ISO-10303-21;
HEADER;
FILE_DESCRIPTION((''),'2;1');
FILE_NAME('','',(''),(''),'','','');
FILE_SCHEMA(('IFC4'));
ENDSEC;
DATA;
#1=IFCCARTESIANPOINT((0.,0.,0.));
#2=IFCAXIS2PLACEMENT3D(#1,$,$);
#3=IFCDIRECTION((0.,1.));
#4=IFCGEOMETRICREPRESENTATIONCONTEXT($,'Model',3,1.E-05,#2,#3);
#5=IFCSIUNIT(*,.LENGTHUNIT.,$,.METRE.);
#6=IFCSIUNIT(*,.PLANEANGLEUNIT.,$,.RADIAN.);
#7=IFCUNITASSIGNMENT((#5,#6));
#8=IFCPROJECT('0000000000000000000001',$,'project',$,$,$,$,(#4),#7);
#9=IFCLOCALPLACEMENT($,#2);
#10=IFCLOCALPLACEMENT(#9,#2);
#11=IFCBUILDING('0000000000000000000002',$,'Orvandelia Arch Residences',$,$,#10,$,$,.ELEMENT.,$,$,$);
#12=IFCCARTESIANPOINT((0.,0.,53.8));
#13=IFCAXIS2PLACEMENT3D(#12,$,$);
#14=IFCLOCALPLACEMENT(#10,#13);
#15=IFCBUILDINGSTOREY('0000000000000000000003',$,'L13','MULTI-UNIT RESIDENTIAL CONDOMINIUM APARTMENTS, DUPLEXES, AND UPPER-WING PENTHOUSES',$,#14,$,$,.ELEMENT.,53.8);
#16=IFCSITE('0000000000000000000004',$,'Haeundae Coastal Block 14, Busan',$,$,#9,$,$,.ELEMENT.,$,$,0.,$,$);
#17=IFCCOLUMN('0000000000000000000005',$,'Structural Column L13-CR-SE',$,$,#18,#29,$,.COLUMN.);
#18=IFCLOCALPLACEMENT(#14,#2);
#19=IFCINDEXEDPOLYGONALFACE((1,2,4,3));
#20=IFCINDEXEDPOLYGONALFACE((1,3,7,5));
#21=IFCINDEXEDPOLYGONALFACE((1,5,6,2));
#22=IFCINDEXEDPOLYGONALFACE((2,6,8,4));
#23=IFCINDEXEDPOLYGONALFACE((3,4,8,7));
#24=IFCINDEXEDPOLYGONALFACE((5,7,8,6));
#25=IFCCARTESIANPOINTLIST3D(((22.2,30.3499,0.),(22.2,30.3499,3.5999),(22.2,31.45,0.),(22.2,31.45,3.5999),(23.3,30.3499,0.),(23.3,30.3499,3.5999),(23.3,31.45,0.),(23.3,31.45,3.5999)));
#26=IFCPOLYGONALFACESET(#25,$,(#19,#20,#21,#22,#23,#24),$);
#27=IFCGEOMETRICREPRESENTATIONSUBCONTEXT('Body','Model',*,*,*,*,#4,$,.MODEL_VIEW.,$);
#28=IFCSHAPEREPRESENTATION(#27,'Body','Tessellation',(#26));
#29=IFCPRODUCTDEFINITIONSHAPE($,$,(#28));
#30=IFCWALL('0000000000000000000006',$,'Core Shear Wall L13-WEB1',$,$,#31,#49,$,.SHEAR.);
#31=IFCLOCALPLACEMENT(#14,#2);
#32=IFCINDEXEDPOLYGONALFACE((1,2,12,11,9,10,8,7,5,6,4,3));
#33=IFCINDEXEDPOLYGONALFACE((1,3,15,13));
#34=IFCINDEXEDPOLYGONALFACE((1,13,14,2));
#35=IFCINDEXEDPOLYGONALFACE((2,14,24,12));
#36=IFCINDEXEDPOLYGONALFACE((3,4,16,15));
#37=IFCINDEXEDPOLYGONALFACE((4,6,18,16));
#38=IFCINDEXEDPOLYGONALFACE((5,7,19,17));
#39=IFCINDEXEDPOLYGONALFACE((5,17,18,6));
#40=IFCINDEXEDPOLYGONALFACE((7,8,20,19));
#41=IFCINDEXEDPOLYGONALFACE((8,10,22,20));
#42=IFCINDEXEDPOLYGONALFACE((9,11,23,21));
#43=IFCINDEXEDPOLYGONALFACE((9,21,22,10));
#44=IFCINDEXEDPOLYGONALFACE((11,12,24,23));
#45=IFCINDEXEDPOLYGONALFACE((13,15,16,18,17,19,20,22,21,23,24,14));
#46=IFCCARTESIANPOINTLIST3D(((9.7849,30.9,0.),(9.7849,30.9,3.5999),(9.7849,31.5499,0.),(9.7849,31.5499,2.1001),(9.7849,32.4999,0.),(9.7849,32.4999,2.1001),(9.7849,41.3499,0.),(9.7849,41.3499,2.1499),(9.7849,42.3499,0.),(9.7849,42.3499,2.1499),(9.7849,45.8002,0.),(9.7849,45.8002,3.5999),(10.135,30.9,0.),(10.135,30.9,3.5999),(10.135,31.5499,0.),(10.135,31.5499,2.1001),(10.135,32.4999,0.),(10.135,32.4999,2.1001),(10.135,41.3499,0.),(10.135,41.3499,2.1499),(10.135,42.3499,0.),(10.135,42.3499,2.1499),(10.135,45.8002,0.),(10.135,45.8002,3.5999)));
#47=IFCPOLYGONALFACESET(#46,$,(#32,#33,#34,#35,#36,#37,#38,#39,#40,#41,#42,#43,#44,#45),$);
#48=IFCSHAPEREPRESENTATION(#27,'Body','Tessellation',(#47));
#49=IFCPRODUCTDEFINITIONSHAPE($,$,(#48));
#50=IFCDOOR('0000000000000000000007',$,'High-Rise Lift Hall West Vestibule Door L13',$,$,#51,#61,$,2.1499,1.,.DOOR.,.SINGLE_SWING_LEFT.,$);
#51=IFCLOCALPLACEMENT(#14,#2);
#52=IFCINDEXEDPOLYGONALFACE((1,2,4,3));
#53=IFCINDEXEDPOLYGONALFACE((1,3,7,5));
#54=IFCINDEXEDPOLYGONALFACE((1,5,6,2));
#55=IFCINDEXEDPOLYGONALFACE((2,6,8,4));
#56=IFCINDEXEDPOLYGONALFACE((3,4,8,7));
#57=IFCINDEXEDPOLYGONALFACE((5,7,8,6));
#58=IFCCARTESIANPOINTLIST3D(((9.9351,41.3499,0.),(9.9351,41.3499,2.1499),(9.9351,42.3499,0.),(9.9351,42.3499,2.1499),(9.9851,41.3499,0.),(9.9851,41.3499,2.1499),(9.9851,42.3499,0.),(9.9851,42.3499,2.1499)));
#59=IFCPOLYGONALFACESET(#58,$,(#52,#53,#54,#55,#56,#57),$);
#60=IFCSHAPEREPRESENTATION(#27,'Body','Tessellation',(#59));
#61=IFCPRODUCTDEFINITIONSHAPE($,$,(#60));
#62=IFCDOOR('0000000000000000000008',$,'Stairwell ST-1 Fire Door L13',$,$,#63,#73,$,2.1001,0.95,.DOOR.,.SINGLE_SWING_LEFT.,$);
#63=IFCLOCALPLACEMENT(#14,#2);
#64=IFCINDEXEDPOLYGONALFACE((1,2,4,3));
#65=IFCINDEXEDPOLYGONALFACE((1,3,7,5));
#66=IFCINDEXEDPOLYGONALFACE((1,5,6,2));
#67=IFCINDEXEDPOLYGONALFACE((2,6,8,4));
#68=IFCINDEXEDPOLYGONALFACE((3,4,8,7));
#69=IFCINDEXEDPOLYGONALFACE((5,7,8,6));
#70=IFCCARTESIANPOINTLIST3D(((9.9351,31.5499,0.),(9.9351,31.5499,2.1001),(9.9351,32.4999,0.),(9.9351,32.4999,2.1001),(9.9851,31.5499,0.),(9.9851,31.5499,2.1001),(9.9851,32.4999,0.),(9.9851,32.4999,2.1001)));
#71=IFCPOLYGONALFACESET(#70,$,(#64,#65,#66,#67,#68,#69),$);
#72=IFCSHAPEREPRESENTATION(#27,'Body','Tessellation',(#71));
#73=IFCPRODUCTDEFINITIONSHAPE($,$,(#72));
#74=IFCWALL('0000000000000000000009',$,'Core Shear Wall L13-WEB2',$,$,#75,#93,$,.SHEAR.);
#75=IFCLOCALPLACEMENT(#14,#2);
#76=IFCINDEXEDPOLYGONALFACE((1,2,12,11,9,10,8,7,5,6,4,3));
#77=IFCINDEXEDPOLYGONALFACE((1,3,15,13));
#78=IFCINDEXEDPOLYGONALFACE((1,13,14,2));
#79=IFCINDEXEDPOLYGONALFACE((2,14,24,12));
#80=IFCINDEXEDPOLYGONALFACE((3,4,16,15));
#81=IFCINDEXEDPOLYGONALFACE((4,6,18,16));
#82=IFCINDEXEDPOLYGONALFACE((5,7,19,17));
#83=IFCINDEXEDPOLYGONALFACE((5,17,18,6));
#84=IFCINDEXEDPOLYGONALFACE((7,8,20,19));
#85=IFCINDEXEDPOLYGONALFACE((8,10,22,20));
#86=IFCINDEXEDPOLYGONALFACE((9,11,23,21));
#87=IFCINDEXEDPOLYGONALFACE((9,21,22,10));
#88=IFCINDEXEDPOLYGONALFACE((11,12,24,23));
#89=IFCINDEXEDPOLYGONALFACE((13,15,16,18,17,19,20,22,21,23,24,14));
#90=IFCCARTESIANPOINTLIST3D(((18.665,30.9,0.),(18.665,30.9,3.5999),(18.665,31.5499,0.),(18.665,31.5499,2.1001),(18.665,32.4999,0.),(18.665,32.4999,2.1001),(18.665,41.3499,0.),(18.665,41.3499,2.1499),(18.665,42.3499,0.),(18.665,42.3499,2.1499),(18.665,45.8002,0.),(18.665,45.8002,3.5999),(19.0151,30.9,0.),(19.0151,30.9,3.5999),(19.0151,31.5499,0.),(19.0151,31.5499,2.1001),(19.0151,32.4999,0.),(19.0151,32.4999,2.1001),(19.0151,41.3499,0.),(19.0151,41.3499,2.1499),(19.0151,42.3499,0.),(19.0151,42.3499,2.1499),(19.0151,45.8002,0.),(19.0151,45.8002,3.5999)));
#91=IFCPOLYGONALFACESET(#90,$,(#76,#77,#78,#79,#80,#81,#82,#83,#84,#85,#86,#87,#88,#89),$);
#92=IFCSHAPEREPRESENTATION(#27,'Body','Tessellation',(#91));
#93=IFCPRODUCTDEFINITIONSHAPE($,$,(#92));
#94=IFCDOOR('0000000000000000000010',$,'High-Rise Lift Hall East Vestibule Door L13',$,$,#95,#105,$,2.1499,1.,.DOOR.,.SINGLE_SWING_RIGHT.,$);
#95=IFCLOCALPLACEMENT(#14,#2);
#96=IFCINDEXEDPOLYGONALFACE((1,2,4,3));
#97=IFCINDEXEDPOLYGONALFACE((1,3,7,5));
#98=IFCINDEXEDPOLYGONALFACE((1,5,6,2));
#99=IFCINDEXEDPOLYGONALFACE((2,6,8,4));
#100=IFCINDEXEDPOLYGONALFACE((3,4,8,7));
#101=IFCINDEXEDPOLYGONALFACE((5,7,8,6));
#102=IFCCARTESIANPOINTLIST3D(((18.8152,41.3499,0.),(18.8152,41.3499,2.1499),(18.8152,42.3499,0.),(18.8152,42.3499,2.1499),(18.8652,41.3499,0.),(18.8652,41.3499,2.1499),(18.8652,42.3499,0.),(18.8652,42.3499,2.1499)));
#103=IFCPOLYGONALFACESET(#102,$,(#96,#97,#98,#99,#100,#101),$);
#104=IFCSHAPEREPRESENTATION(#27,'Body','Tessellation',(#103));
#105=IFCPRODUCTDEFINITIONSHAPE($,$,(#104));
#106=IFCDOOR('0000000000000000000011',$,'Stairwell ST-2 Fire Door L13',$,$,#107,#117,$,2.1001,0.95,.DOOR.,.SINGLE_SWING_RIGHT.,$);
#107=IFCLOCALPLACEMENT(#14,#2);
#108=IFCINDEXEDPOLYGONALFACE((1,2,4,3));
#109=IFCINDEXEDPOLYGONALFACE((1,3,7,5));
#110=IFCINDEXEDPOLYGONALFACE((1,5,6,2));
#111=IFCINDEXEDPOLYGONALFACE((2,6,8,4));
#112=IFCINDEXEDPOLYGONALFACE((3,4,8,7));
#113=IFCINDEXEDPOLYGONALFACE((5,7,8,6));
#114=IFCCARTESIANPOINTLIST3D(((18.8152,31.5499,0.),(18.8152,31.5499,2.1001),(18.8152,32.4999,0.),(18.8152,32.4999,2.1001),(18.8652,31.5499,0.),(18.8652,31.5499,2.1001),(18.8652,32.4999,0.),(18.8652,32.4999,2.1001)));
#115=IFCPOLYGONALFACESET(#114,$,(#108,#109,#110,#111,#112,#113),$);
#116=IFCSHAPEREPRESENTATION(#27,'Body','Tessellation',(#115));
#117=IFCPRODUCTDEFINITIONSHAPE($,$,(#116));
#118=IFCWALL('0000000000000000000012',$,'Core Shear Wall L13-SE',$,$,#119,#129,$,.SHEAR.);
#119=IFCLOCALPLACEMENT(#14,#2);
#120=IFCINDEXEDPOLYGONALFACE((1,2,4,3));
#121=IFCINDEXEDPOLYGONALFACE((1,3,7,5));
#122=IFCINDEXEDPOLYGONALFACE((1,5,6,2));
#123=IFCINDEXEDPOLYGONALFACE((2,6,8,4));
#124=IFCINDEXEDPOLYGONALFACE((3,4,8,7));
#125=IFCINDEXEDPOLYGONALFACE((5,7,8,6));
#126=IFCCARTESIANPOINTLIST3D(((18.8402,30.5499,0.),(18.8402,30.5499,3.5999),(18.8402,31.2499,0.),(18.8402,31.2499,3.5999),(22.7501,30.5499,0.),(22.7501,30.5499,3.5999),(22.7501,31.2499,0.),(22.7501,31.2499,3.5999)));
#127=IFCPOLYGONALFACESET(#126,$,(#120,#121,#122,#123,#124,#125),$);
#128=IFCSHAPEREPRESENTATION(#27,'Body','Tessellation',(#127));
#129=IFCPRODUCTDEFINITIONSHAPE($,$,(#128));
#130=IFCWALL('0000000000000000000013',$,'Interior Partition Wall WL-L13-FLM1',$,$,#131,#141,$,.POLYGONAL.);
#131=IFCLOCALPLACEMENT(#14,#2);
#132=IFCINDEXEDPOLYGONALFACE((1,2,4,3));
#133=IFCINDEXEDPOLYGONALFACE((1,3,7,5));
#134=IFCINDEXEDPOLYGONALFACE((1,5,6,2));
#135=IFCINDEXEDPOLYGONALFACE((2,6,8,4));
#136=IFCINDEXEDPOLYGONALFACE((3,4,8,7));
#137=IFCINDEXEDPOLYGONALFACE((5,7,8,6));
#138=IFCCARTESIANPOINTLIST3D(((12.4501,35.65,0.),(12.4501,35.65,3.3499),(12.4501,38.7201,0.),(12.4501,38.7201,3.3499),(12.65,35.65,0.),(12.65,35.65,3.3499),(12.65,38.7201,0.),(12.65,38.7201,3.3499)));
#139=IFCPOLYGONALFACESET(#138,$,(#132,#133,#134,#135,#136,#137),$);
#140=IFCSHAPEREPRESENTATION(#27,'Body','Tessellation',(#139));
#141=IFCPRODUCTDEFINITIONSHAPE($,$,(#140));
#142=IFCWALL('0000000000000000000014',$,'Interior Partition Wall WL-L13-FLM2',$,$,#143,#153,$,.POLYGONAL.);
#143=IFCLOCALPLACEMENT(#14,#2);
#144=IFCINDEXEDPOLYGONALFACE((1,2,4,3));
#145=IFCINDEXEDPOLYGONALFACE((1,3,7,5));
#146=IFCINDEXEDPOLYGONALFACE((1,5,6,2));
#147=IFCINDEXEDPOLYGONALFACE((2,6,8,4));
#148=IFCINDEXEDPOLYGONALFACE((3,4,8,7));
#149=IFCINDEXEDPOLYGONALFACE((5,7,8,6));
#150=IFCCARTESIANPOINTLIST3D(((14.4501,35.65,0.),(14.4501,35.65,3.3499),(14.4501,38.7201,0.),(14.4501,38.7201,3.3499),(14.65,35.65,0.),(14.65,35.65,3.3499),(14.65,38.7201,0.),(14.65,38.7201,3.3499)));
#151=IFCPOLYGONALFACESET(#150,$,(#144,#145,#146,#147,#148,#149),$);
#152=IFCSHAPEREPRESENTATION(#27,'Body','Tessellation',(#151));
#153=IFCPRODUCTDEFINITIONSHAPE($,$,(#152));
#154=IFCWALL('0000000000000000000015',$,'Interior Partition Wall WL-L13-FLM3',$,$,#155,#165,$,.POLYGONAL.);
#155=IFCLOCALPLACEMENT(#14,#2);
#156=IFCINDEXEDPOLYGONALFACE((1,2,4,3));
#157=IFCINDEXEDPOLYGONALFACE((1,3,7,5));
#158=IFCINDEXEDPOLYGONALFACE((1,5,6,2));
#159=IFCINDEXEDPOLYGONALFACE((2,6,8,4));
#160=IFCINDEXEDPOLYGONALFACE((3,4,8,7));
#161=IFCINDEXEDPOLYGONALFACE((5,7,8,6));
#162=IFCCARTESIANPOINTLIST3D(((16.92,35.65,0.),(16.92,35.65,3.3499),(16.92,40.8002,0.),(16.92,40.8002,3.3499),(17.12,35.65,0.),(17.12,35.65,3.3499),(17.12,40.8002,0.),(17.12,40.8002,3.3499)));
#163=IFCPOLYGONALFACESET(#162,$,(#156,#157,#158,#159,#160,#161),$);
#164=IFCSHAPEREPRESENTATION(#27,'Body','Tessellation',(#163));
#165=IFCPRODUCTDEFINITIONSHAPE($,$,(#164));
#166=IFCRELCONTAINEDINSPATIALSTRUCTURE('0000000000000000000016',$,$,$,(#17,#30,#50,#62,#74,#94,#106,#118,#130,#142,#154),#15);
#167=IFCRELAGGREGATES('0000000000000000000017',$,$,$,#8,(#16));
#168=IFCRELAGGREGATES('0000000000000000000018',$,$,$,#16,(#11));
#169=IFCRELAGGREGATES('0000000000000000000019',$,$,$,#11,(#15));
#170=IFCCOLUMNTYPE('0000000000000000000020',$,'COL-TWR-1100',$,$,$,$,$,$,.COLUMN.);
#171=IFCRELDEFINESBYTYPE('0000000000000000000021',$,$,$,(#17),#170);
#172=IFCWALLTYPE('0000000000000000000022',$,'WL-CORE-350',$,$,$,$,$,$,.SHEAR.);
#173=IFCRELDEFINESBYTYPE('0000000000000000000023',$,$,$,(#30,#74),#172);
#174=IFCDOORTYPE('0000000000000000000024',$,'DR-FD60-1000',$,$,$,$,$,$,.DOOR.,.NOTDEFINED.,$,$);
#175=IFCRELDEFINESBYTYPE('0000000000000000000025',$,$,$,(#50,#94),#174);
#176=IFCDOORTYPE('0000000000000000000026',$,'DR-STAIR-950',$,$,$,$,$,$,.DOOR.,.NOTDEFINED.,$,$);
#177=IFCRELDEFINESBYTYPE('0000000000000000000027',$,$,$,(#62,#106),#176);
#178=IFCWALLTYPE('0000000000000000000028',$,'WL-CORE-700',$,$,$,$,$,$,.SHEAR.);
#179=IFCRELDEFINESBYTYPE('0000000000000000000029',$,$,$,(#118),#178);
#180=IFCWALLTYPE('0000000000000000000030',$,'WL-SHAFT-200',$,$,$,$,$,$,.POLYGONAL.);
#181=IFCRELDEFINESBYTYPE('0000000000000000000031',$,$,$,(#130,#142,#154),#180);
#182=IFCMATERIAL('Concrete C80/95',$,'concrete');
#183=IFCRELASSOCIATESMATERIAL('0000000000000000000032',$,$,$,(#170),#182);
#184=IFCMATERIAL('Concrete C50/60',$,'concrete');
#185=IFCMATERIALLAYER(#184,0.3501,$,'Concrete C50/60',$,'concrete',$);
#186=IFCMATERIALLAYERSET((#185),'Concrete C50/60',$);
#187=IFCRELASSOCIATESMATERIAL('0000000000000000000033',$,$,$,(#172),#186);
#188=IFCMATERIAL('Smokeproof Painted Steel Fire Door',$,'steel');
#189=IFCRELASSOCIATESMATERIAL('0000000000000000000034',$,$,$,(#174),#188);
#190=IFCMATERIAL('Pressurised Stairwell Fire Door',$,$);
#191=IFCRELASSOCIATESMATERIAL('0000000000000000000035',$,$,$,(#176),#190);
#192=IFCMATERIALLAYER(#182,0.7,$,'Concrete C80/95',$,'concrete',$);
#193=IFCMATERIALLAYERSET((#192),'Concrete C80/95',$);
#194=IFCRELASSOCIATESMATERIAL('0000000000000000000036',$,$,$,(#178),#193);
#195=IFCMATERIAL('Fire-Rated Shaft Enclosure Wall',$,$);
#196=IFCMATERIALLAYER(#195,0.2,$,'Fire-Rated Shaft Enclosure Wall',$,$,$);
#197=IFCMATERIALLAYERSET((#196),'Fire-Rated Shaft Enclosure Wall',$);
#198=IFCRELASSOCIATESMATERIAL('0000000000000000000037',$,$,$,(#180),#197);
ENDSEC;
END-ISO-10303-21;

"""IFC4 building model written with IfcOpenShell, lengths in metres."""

from ifc_helpers import new_model, si_unit, direction, frame, frame_2d, origin, origin_2d, place, context, subcontext, project, spatial, rectangle, extrude, material, layer, layer_set, material_profile, profile_set, type_object, element, fill, save


model = new_model("IFC4")

# Units and contexts
model_context = context("Model", 3, precision=1e-05, world=origin(), true_north=direction((0.0, 1.0)))
body_context = subcontext(model_context, "Body", "Model", "MODEL_VIEW")
ifc_project = project(units=[si_unit("LENGTHUNIT", "METRE"), si_unit("PLANEANGLEUNIT", "RADIAN")], contexts=[model_context])

# Site, building, storey
site_placement = place(None, origin())
site = spatial("IfcSite", under=ifc_project, at=site_placement, Name="Haeundae Coastal Block 14, Busan", CompositionType="ELEMENT", RefElevation=0.0)
building_placement = place(site_placement, origin())
building = spatial("IfcBuilding", under=site, at=building_placement, Name="Orvandelia Arch Residences", CompositionType="ELEMENT")
storey_placement = place(building_placement, frame((0.0, 0.0, 53.8)))
storey = spatial("IfcBuildingStorey", under=building, at=storey_placement, Name="L13", Description="MULTI-UNIT RESIDENTIAL CONDOMINIUM APARTMENTS, DUPLEXES, AND UPPER-WING PENTHOUSES", CompositionType="ELEMENT", Elevation=53.8)

# Column
ifc_material_1 = material(Name="Concrete C80/95", Category="concrete")
ifc_material_profile = material_profile(ifc_material_1, rectangle(XDim=1.1001, YDim=1.1001, at=origin_2d()), Name="Concrete C80/95", Category="concrete")
ifc_profile_set = profile_set([ifc_material_profile], Name="Concrete C80/95")
column_type = type_object("IfcColumnType", Name="COL-TWR-1100", PredefinedType="COLUMN", material=ifc_profile_set)
column_placement = place(storey_placement, frame((22.75, 30.8999, 0.0), z_axis=(0.0, 0.0, 1.0), x_axis=(1.0, 0.0, 0.0)))
element("IfcColumn", 1, at=column_placement, inside=storey, type_object=column_type, Name="Structural Column L13-CR-SE", PredefinedType="COLUMN", context=body_context, shape_type="SweptSolid", body=[
    extrude(rectangle(XDim=1.1001, YDim=1.1001, at=origin_2d()), origin(), (0.0, 0.0, 1.0), 3.5999),
])

# Walls, openings, doors
ifc_material_2 = material(Name="Concrete C50/60", Category="concrete")
ifc_layer_1 = layer(ifc_material_2, 0.3501, Name="Concrete C50/60", Category="concrete")
ifc_layer_set_1 = layer_set([ifc_layer_1], Name="Concrete C50/60")
wall_type_1 = type_object("IfcWallType", Name="WL-CORE-350", PredefinedType="SHEAR", material=ifc_layer_set_1)
wall_1_placement = place(storey_placement, frame((9.96, 30.8999, 0.0), z_axis=(0.0, 0.0, 1.0), x_axis=(0.0, 1.0, 0.0)))
wall_1 = element("IfcWall", 2, at=wall_1_placement, inside=storey, type_object=wall_type_1, Name="Core Shear Wall L13-WEB1", PredefinedType="SHEAR", context=body_context, shape_type="SweptSolid", body=[
    extrude(rectangle(XDim=14.9001, YDim=0.3501, at=frame_2d((7.4502, 0.0))), origin(), (0.0, 0.0, 1.0), 3.5999),
])
opening_1_placement = place(wall_1_placement, frame((0.6499, 0.0, 0.0)))
opening_1 = element("IfcOpeningElement", 3, at=opening_1_placement, cuts=wall_1, PredefinedType="OPENING", context=body_context, shape_type="SweptSolid", body=[
    extrude(rectangle(XDim=0.95, YDim=2.1001, at=frame_2d((0.4751, 1.05))), frame((0.0, 0.1851, 0.0), z_axis=(0.0, -1.0, 0.0), x_axis=(1.0, 0.0, 0.0)), (0.0, 0.0, 1.0), 0.3701),
])
opening_2_placement = place(wall_1_placement, frame((10.45, 0.0, 0.0)))
opening_2 = element("IfcOpeningElement", 4, at=opening_2_placement, cuts=wall_1, PredefinedType="OPENING", context=body_context, shape_type="SweptSolid", body=[
    extrude(rectangle(XDim=1.0, YDim=2.1499, at=frame_2d((0.5, 1.075))), frame((0.0, 0.1851, 0.0), z_axis=(0.0, -1.0, 0.0), x_axis=(1.0, 0.0, 0.0)), (0.0, 0.0, 1.0), 0.3701),
])
ifc_material_3 = material(Name="Smokeproof Painted Steel Fire Door", Category="steel")
door_type_1 = type_object("IfcDoorType", Name="DR-FD60-1000", OperationType="NOTDEFINED", PredefinedType="DOOR", material=ifc_material_3)
door_1_placement = place(opening_2_placement, origin())
door_1 = element("IfcDoor", 5, at=door_1_placement, inside=storey, type_object=door_type_1, Name="High-Rise Lift Hall West Vestibule Door L13", OperationType="SINGLE_SWING_LEFT", OverallHeight=2.1499, OverallWidth=1.0, PredefinedType="DOOR", context=body_context, shape_type="SweptSolid", body=[
    extrude(rectangle(XDim=1.0, YDim=2.1499, at=frame_2d((0.5, 1.075))), frame((0.0, 0.0249, 0.0), z_axis=(0.0, -1.0, 0.0), x_axis=(1.0, 0.0, 0.0)), (0.0, 0.0, 1.0), 0.05),
])
fill(opening_2, door_1)
ifc_material_4 = material(Name="Pressurised Stairwell Fire Door")
door_type_2 = type_object("IfcDoorType", Name="DR-STAIR-950", OperationType="NOTDEFINED", PredefinedType="DOOR", material=ifc_material_4)
door_2_placement = place(opening_1_placement, origin())
door_2 = element("IfcDoor", 6, at=door_2_placement, inside=storey, type_object=door_type_2, Name="Stairwell ST-1 Fire Door L13", OperationType="SINGLE_SWING_LEFT", OverallHeight=2.1001, OverallWidth=0.95, PredefinedType="DOOR", context=body_context, shape_type="SweptSolid", body=[
    extrude(rectangle(XDim=0.95, YDim=2.1001, at=frame_2d((0.4751, 1.05))), frame((0.0, 0.0249, 0.0), z_axis=(0.0, -1.0, 0.0), x_axis=(1.0, 0.0, 0.0)), (0.0, 0.0, 1.0), 0.05),
])
fill(opening_1, door_2)
wall_2_placement = place(storey_placement, frame((18.8401, 30.8999, 0.0), z_axis=(0.0, 0.0, 1.0), x_axis=(0.0, 1.0, 0.0)))
wall_2 = element("IfcWall", 7, at=wall_2_placement, inside=storey, type_object=wall_type_1, Name="Core Shear Wall L13-WEB2", PredefinedType="SHEAR", context=body_context, shape_type="SweptSolid", body=[
    extrude(rectangle(XDim=14.9001, YDim=0.3501, at=frame_2d((7.4502, 0.0))), origin(), (0.0, 0.0, 1.0), 3.5999),
])
opening_3_placement = place(wall_2_placement, frame((0.6499, 0.0, 0.0)))
opening_3 = element("IfcOpeningElement", 8, at=opening_3_placement, cuts=wall_2, PredefinedType="OPENING", context=body_context, shape_type="SweptSolid", body=[
    extrude(rectangle(XDim=0.95, YDim=2.1001, at=frame_2d((0.4751, 1.05))), frame((0.0, 0.1851, 0.0), z_axis=(0.0, -1.0, 0.0), x_axis=(1.0, 0.0, 0.0)), (0.0, 0.0, 1.0), 0.3701),
])
opening_4_placement = place(wall_2_placement, frame((10.45, 0.0, 0.0)))
opening_4 = element("IfcOpeningElement", 9, at=opening_4_placement, cuts=wall_2, PredefinedType="OPENING", context=body_context, shape_type="SweptSolid", body=[
    extrude(rectangle(XDim=1.0, YDim=2.1499, at=frame_2d((0.5, 1.075))), frame((0.0, 0.1851, 0.0), z_axis=(0.0, -1.0, 0.0), x_axis=(1.0, 0.0, 0.0)), (0.0, 0.0, 1.0), 0.3701),
])
door_3_placement = place(opening_4_placement, origin())
door_3 = element("IfcDoor", 10, at=door_3_placement, inside=storey, type_object=door_type_1, Name="High-Rise Lift Hall East Vestibule Door L13", OperationType="SINGLE_SWING_RIGHT", OverallHeight=2.1499, OverallWidth=1.0, PredefinedType="DOOR", context=body_context, shape_type="SweptSolid", body=[
    extrude(rectangle(XDim=1.0, YDim=2.1499, at=frame_2d((0.5, 1.075))), frame((0.0, 0.0249, 0.0), z_axis=(0.0, -1.0, 0.0), x_axis=(1.0, 0.0, 0.0)), (0.0, 0.0, 1.0), 0.05),
])
fill(opening_4, door_3)
door_4_placement = place(opening_3_placement, origin())
door_4 = element("IfcDoor", 11, at=door_4_placement, inside=storey, type_object=door_type_2, Name="Stairwell ST-2 Fire Door L13", OperationType="SINGLE_SWING_RIGHT", OverallHeight=2.1001, OverallWidth=0.95, PredefinedType="DOOR", context=body_context, shape_type="SweptSolid", body=[
    extrude(rectangle(XDim=0.95, YDim=2.1001, at=frame_2d((0.4751, 1.05))), frame((0.0, 0.0249, 0.0), z_axis=(0.0, -1.0, 0.0), x_axis=(1.0, 0.0, 0.0)), (0.0, 0.0, 1.0), 0.05),
])
fill(opening_3, door_4)

# Shared definitions
ifc_layer_2 = layer(ifc_material_1, 0.7, Name="Concrete C80/95", Category="concrete")
ifc_layer_set_2 = layer_set([ifc_layer_2], Name="Concrete C80/95")
wall_type_2 = type_object("IfcWallType", Name="WL-CORE-700", PredefinedType="SHEAR", material=ifc_layer_set_2)

# Walls
wall_3_placement = place(storey_placement, frame((18.8401, 30.8999, 0.0), z_axis=(0.0, 0.0, 1.0), x_axis=(1.0, 0.0, 0.0)))
element("IfcWall", 12, at=wall_3_placement, inside=storey, type_object=wall_type_2, Name="Core Shear Wall L13-SE", PredefinedType="SHEAR", context=body_context, shape_type="SweptSolid", body=[
    extrude(rectangle(XDim=3.9099, YDim=0.7, at=frame_2d((1.9551, 0.0))), origin(), (0.0, 0.0, 1.0), 3.5999),
])
ifc_material_5 = material(Name="Fire-Rated Shaft Enclosure Wall")
ifc_layer_3 = layer(ifc_material_5, 0.2, Name="Fire-Rated Shaft Enclosure Wall")
ifc_layer_set_3 = layer_set([ifc_layer_3], Name="Fire-Rated Shaft Enclosure Wall")
wall_type_3 = type_object("IfcWallType", Name="WL-SHAFT-200", PredefinedType="POLYGONAL", material=ifc_layer_set_3)
for number, where, z_axis, x_axis, name in (
    (13, (12.55, 35.6499, 0.0), (0.0, 0.0, 1.0), (0.0, 1.0, 0.0), "Interior Partition Wall WL-L13-FLM1"),
    (14, (14.55, 35.6499, 0.0), (0.0, 0.0, 1.0), (0.0, 1.0, 0.0), "Interior Partition Wall WL-L13-FLM2"),
):
    element("IfcWall", number, at=place(storey_placement, frame(where, z_axis=z_axis, x_axis=x_axis)), inside=storey, type_object=wall_type_3, Name=name, PredefinedType="POLYGONAL", context=body_context, shape_type="SweptSolid", body=[
        extrude(rectangle(XDim=3.0701, YDim=0.2, at=frame_2d((1.5352, 0.0))), origin(), (0.0, 0.0, 1.0), 3.3499),
    ])
wall_4_placement = place(storey_placement, frame((17.02, 35.6499, 0.0), z_axis=(0.0, 0.0, 1.0), x_axis=(0.0, 1.0, 0.0)))
element("IfcWall", 15, at=wall_4_placement, inside=storey, type_object=wall_type_3, Name="Interior Partition Wall WL-L13-FLM3", PredefinedType="POLYGONAL", context=body_context, shape_type="SweptSolid", body=[
    extrude(rectangle(XDim=5.1501, YDim=0.2, at=frame_2d((2.5752, 0.0))), origin(), (0.0, 0.0, 1.0), 3.3499),
])

save(model, "model.ifc")
